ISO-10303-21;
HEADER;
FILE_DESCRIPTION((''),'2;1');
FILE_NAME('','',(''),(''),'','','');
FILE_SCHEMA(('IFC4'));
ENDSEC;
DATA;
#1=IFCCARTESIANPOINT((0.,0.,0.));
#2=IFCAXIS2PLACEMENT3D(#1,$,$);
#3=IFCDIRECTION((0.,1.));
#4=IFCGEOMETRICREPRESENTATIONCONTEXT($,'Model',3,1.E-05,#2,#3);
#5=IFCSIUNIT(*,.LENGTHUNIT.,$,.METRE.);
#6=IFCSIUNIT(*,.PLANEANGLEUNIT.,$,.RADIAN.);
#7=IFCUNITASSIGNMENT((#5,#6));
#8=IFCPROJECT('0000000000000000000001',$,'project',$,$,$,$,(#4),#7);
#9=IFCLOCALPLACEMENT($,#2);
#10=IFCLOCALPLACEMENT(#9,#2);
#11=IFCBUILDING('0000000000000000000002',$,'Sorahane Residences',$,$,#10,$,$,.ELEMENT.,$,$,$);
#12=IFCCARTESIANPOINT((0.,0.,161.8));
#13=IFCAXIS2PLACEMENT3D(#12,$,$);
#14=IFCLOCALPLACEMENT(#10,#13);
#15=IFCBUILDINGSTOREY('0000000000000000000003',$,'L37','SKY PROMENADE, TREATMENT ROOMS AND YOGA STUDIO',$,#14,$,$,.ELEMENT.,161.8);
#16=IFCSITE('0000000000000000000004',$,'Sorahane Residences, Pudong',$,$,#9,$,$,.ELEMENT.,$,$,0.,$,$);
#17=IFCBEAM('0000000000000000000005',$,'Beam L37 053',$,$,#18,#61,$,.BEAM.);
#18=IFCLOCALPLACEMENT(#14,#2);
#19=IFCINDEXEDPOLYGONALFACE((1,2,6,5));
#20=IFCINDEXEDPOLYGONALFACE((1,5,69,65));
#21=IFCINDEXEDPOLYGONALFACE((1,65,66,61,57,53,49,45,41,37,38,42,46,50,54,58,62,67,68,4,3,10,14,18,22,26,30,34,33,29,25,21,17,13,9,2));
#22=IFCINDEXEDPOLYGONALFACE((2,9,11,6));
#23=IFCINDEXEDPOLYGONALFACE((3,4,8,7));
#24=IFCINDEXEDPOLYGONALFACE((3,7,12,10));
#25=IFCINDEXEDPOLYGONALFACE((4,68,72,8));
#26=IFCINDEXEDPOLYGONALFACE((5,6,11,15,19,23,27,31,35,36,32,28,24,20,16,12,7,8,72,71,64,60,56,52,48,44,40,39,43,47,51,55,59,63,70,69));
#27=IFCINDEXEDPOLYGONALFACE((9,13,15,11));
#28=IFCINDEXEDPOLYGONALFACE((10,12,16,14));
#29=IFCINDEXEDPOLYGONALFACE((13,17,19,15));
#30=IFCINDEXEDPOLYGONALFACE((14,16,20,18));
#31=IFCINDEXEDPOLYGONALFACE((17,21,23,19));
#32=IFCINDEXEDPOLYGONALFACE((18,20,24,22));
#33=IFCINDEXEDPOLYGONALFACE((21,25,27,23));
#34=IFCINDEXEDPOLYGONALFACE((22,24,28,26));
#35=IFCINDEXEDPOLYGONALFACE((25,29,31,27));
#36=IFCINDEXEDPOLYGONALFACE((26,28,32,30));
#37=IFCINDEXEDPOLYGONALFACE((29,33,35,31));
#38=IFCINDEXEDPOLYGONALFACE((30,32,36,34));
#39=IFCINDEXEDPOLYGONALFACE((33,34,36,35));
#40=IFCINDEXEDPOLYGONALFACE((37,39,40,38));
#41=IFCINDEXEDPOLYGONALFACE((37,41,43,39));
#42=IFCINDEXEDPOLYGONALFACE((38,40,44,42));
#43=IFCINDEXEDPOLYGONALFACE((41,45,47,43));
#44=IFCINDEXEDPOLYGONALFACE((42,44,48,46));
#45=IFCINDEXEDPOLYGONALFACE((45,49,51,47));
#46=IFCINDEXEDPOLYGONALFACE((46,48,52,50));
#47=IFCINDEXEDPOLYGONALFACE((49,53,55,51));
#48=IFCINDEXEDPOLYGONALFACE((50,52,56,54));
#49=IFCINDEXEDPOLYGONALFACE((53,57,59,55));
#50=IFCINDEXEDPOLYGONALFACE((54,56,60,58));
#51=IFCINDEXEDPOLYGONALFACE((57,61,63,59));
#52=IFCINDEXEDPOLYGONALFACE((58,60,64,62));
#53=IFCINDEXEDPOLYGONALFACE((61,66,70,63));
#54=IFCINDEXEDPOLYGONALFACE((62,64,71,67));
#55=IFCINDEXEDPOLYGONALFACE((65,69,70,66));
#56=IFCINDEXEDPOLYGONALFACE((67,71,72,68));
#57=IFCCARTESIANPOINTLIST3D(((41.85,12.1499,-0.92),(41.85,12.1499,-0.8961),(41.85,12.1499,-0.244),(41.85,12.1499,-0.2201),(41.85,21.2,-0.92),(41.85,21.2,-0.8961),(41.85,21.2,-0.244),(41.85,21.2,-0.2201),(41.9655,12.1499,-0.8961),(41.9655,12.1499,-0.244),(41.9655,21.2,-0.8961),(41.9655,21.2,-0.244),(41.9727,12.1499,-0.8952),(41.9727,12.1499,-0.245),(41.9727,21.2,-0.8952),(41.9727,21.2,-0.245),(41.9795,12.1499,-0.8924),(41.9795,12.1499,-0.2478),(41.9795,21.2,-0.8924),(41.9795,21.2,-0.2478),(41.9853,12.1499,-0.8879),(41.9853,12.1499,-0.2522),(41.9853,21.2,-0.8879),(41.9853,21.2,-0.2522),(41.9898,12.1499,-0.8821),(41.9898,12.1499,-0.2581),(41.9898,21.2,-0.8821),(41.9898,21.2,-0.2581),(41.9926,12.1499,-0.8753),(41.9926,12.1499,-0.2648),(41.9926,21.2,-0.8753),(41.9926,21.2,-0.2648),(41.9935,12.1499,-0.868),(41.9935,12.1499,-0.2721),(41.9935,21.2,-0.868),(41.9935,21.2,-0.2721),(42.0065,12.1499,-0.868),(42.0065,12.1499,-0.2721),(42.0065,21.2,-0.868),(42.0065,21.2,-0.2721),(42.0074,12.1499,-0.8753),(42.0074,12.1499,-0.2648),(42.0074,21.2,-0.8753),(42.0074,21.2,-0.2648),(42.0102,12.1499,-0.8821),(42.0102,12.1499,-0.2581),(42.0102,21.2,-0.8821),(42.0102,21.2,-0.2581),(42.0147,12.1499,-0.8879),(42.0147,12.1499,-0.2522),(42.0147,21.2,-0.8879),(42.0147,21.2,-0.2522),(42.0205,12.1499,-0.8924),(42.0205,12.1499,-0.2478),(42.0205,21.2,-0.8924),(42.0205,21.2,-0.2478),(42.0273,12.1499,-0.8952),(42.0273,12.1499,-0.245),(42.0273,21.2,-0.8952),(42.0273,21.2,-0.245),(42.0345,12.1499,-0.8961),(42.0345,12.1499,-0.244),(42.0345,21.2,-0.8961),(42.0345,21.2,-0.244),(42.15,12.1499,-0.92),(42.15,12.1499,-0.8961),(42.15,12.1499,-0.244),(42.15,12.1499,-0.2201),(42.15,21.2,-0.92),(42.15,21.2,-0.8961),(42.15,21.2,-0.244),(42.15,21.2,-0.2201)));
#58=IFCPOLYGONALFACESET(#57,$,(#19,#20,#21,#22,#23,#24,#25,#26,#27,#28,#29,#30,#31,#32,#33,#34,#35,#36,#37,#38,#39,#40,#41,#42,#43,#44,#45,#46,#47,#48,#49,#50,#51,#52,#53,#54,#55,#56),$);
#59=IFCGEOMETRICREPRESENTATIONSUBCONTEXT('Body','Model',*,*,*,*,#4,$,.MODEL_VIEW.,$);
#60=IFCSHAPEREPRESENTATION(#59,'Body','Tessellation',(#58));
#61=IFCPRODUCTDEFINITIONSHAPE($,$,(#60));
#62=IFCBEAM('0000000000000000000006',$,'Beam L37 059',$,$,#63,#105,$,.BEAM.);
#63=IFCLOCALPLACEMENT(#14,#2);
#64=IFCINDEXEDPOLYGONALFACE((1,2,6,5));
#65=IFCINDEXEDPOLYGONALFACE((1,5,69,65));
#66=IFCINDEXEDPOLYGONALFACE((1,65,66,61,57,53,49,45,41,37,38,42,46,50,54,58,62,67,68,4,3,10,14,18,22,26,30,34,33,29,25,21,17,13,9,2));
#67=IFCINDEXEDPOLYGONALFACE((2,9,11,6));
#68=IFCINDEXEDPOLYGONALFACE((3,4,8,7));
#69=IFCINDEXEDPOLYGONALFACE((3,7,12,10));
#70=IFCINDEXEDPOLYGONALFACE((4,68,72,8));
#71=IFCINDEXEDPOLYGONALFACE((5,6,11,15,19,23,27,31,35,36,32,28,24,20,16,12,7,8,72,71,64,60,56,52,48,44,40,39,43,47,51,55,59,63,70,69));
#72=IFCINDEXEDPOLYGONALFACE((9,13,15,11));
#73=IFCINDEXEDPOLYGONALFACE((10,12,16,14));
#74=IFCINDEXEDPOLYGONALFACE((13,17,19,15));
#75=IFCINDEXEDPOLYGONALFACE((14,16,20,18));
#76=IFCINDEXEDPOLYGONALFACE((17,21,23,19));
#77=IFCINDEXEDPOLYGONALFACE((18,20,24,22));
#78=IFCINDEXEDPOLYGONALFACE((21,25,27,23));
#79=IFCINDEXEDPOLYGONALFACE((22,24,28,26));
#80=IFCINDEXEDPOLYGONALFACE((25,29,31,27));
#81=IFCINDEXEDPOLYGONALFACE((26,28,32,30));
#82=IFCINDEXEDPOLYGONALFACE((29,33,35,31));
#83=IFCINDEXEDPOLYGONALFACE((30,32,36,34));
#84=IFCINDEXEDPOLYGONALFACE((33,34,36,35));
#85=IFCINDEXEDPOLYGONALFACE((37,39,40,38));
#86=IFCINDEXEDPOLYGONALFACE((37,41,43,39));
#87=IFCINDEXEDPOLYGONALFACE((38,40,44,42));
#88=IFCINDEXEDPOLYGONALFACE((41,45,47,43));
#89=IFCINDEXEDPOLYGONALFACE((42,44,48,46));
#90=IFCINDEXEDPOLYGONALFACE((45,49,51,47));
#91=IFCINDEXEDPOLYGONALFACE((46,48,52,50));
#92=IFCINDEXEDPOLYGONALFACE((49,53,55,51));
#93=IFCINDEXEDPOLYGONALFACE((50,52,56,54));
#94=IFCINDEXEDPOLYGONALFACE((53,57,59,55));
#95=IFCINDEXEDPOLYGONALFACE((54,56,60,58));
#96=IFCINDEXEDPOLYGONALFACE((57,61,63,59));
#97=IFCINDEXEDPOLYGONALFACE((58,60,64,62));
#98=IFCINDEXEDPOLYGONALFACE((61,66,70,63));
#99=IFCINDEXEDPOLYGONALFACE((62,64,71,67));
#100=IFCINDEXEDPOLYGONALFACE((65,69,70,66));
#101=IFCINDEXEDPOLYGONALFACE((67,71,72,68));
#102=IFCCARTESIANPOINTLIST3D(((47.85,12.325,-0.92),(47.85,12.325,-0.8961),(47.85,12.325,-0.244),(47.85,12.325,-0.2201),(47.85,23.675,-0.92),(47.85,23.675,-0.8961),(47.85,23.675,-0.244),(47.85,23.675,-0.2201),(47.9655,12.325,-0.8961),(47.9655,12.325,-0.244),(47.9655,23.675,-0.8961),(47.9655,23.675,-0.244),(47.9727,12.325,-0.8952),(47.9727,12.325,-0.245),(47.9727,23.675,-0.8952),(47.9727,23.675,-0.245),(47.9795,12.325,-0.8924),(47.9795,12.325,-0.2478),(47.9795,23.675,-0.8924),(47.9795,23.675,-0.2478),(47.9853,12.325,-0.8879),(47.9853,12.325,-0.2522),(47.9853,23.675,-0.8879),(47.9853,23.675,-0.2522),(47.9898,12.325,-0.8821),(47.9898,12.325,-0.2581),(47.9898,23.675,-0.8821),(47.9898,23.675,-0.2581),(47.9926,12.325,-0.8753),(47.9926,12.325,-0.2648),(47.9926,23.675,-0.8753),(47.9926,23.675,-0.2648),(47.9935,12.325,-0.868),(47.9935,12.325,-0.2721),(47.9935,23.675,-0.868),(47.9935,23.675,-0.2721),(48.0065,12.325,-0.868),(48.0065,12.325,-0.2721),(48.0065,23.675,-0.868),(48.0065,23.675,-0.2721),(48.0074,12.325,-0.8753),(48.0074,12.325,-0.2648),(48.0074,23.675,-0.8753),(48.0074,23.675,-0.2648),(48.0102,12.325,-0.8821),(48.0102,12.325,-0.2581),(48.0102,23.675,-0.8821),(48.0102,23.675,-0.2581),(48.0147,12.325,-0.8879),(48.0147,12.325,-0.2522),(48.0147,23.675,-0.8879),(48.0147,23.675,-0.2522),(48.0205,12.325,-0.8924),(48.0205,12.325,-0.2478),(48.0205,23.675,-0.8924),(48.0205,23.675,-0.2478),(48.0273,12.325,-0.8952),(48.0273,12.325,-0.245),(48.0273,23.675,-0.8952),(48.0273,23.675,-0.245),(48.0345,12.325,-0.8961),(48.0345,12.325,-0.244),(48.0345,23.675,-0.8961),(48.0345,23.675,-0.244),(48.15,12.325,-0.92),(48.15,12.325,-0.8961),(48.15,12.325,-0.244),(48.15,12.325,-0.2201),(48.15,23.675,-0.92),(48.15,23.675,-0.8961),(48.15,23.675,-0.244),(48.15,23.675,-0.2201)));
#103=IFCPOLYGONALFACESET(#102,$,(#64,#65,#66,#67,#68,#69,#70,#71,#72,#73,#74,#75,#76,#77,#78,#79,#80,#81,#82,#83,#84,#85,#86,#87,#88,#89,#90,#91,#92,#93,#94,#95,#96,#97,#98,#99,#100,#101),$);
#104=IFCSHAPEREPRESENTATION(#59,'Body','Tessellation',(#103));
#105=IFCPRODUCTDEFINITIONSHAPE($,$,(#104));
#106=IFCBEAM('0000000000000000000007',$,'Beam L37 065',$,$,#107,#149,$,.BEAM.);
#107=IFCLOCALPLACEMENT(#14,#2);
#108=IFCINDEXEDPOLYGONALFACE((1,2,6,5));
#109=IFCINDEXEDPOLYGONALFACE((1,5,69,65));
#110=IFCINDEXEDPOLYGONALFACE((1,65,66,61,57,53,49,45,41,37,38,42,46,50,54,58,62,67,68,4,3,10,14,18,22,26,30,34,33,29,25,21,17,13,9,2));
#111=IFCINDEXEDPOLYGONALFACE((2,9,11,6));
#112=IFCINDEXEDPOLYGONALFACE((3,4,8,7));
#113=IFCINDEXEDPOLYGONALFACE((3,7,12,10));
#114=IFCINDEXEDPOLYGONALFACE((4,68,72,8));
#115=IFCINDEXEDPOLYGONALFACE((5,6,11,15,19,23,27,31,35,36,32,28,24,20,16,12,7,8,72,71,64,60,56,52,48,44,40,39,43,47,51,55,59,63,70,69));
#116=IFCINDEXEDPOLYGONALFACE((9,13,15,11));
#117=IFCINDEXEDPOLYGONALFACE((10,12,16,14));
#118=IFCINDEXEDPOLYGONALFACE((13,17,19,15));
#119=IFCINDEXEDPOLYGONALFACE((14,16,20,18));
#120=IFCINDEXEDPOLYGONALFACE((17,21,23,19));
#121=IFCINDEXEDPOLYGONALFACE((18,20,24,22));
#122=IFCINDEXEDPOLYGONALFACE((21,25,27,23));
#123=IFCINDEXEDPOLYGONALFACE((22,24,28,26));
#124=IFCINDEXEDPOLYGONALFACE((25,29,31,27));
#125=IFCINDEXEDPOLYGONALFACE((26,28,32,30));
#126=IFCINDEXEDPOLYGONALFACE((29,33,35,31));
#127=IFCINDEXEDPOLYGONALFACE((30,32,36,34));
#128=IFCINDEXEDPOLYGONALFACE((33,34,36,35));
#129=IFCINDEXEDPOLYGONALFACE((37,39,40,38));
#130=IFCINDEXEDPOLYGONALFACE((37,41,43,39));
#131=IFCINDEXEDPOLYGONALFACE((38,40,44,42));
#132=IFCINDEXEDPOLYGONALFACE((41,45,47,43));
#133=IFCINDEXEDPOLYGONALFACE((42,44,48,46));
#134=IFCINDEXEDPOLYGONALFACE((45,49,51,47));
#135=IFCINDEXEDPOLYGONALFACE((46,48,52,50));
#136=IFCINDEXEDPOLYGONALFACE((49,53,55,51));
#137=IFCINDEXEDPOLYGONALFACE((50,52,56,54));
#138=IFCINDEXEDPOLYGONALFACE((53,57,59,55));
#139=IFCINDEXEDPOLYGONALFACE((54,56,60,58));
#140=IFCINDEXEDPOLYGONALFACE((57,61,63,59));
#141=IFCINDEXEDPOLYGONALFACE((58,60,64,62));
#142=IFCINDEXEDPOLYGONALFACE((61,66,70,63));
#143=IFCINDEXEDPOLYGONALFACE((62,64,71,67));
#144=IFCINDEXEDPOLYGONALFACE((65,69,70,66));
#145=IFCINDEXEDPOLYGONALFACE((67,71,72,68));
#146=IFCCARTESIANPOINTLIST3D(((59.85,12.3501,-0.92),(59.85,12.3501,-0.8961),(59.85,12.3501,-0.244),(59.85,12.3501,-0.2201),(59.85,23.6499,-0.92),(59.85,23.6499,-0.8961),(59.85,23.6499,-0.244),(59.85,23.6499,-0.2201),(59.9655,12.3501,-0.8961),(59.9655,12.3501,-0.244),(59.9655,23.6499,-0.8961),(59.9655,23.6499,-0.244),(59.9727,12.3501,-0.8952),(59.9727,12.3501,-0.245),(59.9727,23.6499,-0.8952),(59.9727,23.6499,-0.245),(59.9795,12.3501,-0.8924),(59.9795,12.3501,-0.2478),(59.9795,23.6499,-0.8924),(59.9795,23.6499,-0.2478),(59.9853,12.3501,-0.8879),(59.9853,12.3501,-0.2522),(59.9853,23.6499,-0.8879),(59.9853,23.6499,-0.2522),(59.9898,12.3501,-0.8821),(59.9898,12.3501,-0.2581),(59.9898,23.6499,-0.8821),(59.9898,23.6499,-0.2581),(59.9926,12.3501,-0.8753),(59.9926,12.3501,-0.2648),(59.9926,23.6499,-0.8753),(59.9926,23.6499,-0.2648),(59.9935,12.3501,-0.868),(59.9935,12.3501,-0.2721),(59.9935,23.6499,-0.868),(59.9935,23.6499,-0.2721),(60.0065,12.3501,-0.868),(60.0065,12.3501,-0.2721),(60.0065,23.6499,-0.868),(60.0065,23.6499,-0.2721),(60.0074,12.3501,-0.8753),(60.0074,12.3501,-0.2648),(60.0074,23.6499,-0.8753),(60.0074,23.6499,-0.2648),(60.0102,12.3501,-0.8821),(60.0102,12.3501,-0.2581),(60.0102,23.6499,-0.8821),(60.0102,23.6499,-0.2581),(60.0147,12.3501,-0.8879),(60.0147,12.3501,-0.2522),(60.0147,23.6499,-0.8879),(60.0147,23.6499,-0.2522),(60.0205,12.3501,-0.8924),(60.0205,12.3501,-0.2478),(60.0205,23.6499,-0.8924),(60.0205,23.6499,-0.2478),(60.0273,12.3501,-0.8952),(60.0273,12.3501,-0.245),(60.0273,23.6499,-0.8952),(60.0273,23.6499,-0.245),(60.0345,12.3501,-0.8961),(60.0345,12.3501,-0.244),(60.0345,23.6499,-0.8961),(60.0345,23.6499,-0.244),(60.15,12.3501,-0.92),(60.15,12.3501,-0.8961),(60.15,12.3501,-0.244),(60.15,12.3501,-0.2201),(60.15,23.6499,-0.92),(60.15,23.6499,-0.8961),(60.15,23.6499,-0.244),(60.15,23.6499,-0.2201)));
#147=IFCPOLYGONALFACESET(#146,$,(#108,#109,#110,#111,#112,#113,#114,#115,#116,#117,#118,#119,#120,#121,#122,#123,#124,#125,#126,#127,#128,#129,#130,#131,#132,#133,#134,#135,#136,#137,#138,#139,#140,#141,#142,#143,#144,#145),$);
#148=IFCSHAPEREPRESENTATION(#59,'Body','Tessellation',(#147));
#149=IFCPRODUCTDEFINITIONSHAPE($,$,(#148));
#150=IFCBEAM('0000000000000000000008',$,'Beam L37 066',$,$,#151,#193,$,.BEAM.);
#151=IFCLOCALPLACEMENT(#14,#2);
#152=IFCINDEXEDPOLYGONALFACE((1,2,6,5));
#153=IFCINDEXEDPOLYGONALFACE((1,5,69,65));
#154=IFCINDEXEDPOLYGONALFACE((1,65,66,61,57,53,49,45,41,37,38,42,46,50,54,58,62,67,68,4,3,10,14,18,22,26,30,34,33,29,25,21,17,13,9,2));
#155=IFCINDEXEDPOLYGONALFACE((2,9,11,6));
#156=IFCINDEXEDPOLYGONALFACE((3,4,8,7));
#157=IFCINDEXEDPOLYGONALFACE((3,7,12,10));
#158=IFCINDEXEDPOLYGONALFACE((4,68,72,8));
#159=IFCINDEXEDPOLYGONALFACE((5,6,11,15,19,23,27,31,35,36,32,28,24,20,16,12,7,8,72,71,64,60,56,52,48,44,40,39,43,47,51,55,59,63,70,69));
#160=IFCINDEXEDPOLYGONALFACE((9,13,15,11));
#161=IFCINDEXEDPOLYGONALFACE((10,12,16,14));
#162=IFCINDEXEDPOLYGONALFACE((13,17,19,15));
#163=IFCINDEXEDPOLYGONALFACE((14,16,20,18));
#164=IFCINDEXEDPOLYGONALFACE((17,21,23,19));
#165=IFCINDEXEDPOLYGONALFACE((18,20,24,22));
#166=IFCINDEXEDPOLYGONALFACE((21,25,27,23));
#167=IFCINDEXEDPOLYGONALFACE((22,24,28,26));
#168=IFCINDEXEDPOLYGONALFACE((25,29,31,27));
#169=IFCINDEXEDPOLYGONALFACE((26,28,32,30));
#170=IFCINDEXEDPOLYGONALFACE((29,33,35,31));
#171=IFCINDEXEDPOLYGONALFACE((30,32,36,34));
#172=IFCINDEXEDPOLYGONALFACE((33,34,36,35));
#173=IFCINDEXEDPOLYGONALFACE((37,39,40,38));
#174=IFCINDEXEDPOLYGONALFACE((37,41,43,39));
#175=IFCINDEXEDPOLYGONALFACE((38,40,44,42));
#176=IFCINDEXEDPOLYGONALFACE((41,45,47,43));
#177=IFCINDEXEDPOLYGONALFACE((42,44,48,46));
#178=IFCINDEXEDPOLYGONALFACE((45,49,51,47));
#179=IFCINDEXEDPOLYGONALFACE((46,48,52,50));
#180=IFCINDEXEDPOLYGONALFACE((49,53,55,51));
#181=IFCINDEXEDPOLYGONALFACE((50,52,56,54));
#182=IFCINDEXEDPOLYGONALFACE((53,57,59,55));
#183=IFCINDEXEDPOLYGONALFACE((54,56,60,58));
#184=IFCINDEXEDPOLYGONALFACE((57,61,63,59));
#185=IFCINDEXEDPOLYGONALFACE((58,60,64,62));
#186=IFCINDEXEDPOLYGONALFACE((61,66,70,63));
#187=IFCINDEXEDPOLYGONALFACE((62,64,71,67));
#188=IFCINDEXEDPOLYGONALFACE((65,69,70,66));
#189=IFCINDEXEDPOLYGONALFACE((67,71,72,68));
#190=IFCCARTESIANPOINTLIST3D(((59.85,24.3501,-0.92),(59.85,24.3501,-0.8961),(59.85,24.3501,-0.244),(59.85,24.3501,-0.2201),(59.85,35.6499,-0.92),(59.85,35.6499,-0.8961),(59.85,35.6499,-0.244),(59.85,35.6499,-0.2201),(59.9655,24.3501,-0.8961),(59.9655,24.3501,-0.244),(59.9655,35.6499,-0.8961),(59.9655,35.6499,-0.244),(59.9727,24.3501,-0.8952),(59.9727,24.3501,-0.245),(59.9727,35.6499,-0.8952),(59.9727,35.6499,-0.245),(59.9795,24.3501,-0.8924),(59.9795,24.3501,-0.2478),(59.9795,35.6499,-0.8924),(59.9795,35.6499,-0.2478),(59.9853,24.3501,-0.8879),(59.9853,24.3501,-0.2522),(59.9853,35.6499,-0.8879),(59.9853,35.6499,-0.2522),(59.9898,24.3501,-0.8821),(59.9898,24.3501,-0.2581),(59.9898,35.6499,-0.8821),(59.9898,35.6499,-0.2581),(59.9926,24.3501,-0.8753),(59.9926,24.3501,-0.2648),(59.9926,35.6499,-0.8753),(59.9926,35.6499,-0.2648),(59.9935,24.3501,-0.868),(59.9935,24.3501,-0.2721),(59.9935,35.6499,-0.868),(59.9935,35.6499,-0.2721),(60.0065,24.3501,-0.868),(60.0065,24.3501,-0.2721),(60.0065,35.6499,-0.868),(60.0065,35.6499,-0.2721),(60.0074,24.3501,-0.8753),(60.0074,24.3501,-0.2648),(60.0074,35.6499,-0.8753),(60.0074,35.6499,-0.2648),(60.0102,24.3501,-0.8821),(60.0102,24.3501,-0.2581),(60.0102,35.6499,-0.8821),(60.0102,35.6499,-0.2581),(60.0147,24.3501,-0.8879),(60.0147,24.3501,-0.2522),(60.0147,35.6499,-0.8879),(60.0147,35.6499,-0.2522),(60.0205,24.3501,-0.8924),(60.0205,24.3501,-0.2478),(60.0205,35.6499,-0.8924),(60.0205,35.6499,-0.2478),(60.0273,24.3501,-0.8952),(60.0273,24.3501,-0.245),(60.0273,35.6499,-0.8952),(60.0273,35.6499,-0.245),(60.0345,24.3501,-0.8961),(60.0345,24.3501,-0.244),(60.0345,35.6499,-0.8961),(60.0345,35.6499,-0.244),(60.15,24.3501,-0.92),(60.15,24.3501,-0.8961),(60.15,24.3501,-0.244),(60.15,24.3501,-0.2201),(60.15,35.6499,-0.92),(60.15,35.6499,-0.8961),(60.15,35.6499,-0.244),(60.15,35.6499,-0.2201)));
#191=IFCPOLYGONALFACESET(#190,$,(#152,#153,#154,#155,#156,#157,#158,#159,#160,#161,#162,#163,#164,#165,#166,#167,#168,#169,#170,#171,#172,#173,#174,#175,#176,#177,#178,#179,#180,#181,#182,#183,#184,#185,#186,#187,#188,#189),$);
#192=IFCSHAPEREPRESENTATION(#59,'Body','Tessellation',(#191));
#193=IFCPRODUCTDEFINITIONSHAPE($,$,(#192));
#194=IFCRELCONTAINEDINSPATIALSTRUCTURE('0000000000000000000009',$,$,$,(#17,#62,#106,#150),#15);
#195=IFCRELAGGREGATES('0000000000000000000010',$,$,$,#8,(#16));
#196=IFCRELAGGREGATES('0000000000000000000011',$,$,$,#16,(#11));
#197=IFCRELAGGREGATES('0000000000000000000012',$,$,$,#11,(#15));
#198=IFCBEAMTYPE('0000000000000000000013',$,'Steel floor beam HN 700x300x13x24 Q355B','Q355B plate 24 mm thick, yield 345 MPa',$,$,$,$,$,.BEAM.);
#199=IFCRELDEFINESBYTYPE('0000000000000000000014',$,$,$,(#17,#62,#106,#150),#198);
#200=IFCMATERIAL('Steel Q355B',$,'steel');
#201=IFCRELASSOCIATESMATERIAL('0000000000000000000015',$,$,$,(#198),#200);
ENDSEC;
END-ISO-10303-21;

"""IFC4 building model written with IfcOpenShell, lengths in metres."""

from ifc_helpers import new_model, si_unit, direction, frame, origin, origin_2d, place, context, subcontext, project, spatial, i_section, extrude, material, material_profile, profile_set, type_object, element, save


model = new_model("IFC4")

# Units and contexts
model_context = context("Model", 3, precision=1e-05, world=origin(), true_north=direction((0.0, 1.0)))
body_context = subcontext(model_context, "Body", "Model", "MODEL_VIEW")
ifc_project = project(units=[si_unit("LENGTHUNIT", "METRE"), si_unit("PLANEANGLEUNIT", "RADIAN")], contexts=[model_context])

# Site, building, storey
site_placement = place(None, origin())
site = spatial("IfcSite", under=ifc_project, at=site_placement, Name="Sorahane Residences, Pudong", CompositionType="ELEMENT", RefElevation=0.0)
building_placement = place(site_placement, origin())
building = spatial("IfcBuilding", under=site, at=building_placement, Name="Sorahane Residences", CompositionType="ELEMENT")
storey_placement = place(building_placement, frame((0.0, 0.0, 161.8)))
storey = spatial("IfcBuildingStorey", under=building, at=storey_placement, Name="L37", Description="SKY PROMENADE, TREATMENT ROOMS AND YOGA STUDIO", CompositionType="ELEMENT", Elevation=161.8)

# Beams
ifc_material_1 = material(Name="Steel Q355B", Category="steel")
ifc_material_profile_1 = material_profile(ifc_material_1, i_section(OverallWidth=0.3, OverallDepth=0.7, WebThickness=0.0129, FlangeThickness=0.0239, FilletRadius=0.0281, at=origin_2d()), Name="HN 700x300x13x24")
ifc_profile_set_1 = profile_set([ifc_material_profile_1], Name="Steel Q355B")
beam_type_1 = type_object("IfcBeamType", Name="Steel floor beam HN 700x300x13x24 Q355B", Description="Q355B plate 24 mm thick, yield 345 MPa", PredefinedType="BEAM", material=ifc_profile_set_1)
beam_1_placement = place(storey_placement, frame((42.0, 12.1499, -0.5701), z_axis=(0.0, 1.0, 0.0), x_axis=(-1.0, 0.0, 0.0)))
element("IfcBeam", 1, at=beam_1_placement, inside=storey, type_object=beam_type_1, Name="Beam L37 053", PredefinedType="BEAM", context=body_context, shape_type="SweptSolid", body=[
    extrude(i_section(OverallWidth=0.3, OverallDepth=0.7, WebThickness=0.0129, FlangeThickness=0.0239, FilletRadius=0.0281, at=origin_2d()), origin(), (0.0, 0.0, 1.0), 9.05),
])
beam_2_placement = place(storey_placement, frame((48.0, 12.325, -0.5701), z_axis=(0.0, 1.0, 0.0), x_axis=(-1.0, 0.0, 0.0)))
element("IfcBeam", 2, at=beam_2_placement, inside=storey, type_object=beam_type_1, Name="Beam L37 059", PredefinedType="BEAM", context=body_context, shape_type="SweptSolid", body=[
    extrude(i_section(OverallWidth=0.3, OverallDepth=0.7, WebThickness=0.0129, FlangeThickness=0.0239, FilletRadius=0.0281, at=origin_2d()), origin(), (0.0, 0.0, 1.0), 11.3501),
])
for number, where, z_axis, x_axis, name in (
    (3, (60.0, 12.3501, -0.5701), (0.0, 1.0, 0.0), (-1.0, 0.0, 0.0), "Beam L37 065"),
    (4, (60.0, 24.3501, -0.5701), (0.0, 1.0, 0.0), (-1.0, 0.0, 0.0), "Beam L37 066"),
):
    element("IfcBeam", number, at=place(storey_placement, frame(where, z_axis=z_axis, x_axis=x_axis)), inside=storey, type_object=beam_type_1, Name=name, PredefinedType="BEAM", context=body_context, shape_type="SweptSolid", body=[
        extrude(i_section(OverallWidth=0.3, OverallDepth=0.7, WebThickness=0.0129, FlangeThickness=0.0239, FilletRadius=0.0281, at=origin_2d()), origin(), (0.0, 0.0, 1.0), 11.2998),
    ])

save(model, "model.ifc")
